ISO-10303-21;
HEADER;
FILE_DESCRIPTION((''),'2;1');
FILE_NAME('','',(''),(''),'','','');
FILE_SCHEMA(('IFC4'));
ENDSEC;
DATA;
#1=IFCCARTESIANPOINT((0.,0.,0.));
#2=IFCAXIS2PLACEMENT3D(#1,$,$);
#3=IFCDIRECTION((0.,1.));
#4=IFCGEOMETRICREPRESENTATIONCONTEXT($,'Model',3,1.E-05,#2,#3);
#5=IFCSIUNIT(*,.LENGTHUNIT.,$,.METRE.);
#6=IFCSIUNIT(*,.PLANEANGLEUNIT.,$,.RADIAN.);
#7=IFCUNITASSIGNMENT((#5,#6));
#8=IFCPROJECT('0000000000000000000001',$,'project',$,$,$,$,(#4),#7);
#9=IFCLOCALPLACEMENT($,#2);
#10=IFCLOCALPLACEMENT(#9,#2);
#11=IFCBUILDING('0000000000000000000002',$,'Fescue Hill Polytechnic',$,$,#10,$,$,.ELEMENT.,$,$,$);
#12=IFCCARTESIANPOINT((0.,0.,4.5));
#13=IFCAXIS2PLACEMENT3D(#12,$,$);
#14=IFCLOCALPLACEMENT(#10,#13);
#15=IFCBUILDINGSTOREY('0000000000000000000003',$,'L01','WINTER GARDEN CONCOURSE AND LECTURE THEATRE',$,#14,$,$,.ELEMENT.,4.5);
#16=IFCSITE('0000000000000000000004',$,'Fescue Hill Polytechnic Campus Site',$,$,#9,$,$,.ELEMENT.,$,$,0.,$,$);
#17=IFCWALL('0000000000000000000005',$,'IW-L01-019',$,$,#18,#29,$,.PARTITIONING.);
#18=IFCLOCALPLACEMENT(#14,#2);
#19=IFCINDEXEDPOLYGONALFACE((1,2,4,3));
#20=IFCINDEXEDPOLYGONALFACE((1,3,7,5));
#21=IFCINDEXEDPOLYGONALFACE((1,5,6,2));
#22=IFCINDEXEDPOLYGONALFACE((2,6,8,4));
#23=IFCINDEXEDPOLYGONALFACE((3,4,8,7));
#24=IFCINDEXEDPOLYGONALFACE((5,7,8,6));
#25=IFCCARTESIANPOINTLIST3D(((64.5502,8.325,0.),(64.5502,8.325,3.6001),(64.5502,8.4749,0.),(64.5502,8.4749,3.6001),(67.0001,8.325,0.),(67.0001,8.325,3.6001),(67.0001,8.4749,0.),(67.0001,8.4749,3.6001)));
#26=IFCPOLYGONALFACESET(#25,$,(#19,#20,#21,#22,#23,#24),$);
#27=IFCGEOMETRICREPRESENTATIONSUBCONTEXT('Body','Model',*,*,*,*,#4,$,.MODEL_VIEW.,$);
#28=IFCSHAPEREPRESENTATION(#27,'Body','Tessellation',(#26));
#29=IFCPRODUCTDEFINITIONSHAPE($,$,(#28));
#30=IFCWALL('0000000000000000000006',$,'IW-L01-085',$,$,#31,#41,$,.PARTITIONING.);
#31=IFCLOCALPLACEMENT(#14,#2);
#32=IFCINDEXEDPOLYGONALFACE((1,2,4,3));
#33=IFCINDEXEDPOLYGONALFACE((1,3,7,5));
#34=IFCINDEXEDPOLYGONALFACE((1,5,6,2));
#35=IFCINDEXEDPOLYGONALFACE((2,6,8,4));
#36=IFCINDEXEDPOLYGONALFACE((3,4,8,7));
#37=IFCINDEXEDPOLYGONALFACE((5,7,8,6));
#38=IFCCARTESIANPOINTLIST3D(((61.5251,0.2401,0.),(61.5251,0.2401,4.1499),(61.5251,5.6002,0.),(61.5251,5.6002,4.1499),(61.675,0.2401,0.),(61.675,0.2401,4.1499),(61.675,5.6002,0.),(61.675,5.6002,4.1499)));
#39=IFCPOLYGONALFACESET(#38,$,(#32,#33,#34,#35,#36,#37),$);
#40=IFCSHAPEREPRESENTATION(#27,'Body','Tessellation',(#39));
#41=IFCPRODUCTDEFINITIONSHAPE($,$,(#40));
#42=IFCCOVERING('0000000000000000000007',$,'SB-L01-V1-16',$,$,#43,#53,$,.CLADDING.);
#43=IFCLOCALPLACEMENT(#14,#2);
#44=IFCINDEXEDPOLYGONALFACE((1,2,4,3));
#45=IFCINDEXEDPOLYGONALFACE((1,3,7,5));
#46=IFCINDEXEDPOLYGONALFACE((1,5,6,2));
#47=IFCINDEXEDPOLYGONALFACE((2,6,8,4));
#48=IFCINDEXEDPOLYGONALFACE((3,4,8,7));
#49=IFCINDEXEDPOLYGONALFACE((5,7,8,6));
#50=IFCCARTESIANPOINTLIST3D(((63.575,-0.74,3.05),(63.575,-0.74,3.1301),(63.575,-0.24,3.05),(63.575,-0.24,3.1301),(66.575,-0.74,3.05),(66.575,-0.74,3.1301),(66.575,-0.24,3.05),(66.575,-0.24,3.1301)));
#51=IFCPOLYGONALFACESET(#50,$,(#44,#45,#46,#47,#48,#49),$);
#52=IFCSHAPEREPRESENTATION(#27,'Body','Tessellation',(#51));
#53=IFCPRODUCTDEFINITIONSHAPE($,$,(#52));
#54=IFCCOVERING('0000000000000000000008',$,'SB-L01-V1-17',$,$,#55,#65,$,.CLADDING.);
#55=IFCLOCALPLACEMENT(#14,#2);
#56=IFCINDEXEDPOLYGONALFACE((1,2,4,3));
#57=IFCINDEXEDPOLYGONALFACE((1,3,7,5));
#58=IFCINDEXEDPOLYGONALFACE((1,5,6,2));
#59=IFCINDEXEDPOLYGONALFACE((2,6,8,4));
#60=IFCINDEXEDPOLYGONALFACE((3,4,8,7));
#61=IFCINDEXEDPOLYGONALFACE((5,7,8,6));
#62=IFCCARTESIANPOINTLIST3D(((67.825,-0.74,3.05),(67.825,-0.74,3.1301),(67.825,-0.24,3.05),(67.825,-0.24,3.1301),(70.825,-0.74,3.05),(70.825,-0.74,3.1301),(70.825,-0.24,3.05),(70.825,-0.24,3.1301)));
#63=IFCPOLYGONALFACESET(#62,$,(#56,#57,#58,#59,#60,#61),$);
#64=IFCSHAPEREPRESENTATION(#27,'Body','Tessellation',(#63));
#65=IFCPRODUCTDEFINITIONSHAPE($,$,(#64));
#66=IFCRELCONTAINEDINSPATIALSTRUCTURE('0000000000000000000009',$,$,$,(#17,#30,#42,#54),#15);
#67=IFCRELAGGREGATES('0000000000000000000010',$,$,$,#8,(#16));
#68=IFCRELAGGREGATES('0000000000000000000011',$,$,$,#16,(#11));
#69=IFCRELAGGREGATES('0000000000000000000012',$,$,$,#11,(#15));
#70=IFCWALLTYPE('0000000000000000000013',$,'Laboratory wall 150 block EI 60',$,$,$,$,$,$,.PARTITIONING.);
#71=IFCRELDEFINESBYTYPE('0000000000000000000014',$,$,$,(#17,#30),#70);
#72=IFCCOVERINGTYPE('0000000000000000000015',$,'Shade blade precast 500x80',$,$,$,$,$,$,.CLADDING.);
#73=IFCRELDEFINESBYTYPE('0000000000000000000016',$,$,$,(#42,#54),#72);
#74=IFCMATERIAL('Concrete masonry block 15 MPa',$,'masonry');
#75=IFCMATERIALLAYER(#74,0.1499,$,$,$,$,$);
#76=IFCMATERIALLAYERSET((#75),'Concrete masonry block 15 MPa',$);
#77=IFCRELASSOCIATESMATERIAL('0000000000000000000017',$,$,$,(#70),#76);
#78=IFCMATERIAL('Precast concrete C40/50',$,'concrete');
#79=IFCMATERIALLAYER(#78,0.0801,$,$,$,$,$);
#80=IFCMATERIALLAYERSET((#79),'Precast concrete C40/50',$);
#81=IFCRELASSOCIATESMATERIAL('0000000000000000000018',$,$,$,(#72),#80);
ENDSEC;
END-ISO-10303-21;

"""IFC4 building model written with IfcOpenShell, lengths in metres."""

from ifc_helpers import new_model, si_unit, direction, frame, frame_2d, origin, origin_2d, place, context, subcontext, project, spatial, rectangle, extrude, material, layer, layer_set, type_object, element, save


model = new_model("IFC4")

# Units and contexts
model_context = context("Model", 3, precision=1e-05, world=origin(), true_north=direction((0.0, 1.0)))
body_context = subcontext(model_context, "Body", "Model", "MODEL_VIEW")
ifc_project = project(units=[si_unit("LENGTHUNIT", "METRE"), si_unit("PLANEANGLEUNIT", "RADIAN")], contexts=[model_context])

# Site, building, storey
site_placement = place(None, origin())
site = spatial("IfcSite", under=ifc_project, at=site_placement, Name="Fescue Hill Polytechnic Campus Site", CompositionType="ELEMENT", RefElevation=0.0)
building_placement = place(site_placement, origin())
building = spatial("IfcBuilding", under=site, at=building_placement, Name="Fescue Hill Polytechnic", CompositionType="ELEMENT")
storey_placement = place(building_placement, frame((0.0, 0.0, 4.5)))
storey = spatial("IfcBuildingStorey", under=building, at=storey_placement, Name="L01", Description="WINTER GARDEN CONCOURSE AND LECTURE THEATRE", CompositionType="ELEMENT", Elevation=4.5)

# Walls
ifc_material_1 = material(Name="Concrete masonry block 15 MPa", Category="masonry")
ifc_layer_1 = layer(ifc_material_1, 0.1499)
ifc_layer_set_1 = layer_set([ifc_layer_1], Name="Concrete masonry block 15 MPa")
wall_type_1 = type_object("IfcWallType", Name="Laboratory wall 150 block EI 60", PredefinedType="PARTITIONING", material=ifc_layer_set_1)
wall_1_placement = place(storey_placement, frame((64.55, 8.3999, 0.0), z_axis=(0.0, 0.0, 1.0), x_axis=(1.0, 0.0, 0.0)))
element("IfcWall", 1, at=wall_1_placement, inside=storey, type_object=wall_type_1, Name="IW-L01-019", PredefinedType="PARTITIONING", context=body_context, shape_type="SweptSolid", body=[
    extrude(rectangle(XDim=2.45, YDim=0.1499, at=frame_2d((1.2251, 0.0))), origin(), (0.0, 0.0, 1.0), 3.6001),
])
wall_2_placement = place(storey_placement, frame((61.6001, 0.24, 0.0), z_axis=(0.0, 0.0, 1.0), x_axis=(0.0, 1.0, 0.0)))
element("IfcWall", 2, at=wall_2_placement, inside=storey, type_object=wall_type_1, Name="IW-L01-085", PredefinedType="PARTITIONING", context=body_context, shape_type="SweptSolid", body=[
    extrude(rectangle(XDim=5.3601, YDim=0.1499, at=frame_2d((2.6802, 0.0))), origin(), (0.0, 0.0, 1.0), 4.1499),
])

# Coverings
ifc_material_2 = material(Name="Precast concrete C40/50", Category="concrete")
ifc_layer_2 = layer(ifc_material_2, 0.0801)
ifc_layer_set_2 = layer_set([ifc_layer_2], Name="Precast concrete C40/50")
covering_type = type_object("IfcCoveringType", Name="Shade blade precast 500x80", PredefinedType="CLADDING", material=ifc_layer_set_2)
for number, where, z_axis, x_axis, name in (
    (3, (65.075, -0.49, 3.05), (0.0, 0.0, 1.0), (1.0, 0.0, 0.0), "SB-L01-V1-16"),
    (4, (69.325, -0.49, 3.05), (0.0, 0.0, 1.0), (1.0, 0.0, 0.0), "SB-L01-V1-17"),
):
    element("IfcCovering", number, at=place(storey_placement, frame(where, z_axis=z_axis, x_axis=x_axis)), inside=storey, type_object=covering_type, Name=name, PredefinedType="CLADDING", context=body_context, shape_type="SweptSolid", body=[
        extrude(rectangle(XDim=3.0, YDim=0.5, at=origin_2d()), origin(), (0.0, 0.0, 1.0), 0.0801),
    ])

save(model, "model.ifc")
